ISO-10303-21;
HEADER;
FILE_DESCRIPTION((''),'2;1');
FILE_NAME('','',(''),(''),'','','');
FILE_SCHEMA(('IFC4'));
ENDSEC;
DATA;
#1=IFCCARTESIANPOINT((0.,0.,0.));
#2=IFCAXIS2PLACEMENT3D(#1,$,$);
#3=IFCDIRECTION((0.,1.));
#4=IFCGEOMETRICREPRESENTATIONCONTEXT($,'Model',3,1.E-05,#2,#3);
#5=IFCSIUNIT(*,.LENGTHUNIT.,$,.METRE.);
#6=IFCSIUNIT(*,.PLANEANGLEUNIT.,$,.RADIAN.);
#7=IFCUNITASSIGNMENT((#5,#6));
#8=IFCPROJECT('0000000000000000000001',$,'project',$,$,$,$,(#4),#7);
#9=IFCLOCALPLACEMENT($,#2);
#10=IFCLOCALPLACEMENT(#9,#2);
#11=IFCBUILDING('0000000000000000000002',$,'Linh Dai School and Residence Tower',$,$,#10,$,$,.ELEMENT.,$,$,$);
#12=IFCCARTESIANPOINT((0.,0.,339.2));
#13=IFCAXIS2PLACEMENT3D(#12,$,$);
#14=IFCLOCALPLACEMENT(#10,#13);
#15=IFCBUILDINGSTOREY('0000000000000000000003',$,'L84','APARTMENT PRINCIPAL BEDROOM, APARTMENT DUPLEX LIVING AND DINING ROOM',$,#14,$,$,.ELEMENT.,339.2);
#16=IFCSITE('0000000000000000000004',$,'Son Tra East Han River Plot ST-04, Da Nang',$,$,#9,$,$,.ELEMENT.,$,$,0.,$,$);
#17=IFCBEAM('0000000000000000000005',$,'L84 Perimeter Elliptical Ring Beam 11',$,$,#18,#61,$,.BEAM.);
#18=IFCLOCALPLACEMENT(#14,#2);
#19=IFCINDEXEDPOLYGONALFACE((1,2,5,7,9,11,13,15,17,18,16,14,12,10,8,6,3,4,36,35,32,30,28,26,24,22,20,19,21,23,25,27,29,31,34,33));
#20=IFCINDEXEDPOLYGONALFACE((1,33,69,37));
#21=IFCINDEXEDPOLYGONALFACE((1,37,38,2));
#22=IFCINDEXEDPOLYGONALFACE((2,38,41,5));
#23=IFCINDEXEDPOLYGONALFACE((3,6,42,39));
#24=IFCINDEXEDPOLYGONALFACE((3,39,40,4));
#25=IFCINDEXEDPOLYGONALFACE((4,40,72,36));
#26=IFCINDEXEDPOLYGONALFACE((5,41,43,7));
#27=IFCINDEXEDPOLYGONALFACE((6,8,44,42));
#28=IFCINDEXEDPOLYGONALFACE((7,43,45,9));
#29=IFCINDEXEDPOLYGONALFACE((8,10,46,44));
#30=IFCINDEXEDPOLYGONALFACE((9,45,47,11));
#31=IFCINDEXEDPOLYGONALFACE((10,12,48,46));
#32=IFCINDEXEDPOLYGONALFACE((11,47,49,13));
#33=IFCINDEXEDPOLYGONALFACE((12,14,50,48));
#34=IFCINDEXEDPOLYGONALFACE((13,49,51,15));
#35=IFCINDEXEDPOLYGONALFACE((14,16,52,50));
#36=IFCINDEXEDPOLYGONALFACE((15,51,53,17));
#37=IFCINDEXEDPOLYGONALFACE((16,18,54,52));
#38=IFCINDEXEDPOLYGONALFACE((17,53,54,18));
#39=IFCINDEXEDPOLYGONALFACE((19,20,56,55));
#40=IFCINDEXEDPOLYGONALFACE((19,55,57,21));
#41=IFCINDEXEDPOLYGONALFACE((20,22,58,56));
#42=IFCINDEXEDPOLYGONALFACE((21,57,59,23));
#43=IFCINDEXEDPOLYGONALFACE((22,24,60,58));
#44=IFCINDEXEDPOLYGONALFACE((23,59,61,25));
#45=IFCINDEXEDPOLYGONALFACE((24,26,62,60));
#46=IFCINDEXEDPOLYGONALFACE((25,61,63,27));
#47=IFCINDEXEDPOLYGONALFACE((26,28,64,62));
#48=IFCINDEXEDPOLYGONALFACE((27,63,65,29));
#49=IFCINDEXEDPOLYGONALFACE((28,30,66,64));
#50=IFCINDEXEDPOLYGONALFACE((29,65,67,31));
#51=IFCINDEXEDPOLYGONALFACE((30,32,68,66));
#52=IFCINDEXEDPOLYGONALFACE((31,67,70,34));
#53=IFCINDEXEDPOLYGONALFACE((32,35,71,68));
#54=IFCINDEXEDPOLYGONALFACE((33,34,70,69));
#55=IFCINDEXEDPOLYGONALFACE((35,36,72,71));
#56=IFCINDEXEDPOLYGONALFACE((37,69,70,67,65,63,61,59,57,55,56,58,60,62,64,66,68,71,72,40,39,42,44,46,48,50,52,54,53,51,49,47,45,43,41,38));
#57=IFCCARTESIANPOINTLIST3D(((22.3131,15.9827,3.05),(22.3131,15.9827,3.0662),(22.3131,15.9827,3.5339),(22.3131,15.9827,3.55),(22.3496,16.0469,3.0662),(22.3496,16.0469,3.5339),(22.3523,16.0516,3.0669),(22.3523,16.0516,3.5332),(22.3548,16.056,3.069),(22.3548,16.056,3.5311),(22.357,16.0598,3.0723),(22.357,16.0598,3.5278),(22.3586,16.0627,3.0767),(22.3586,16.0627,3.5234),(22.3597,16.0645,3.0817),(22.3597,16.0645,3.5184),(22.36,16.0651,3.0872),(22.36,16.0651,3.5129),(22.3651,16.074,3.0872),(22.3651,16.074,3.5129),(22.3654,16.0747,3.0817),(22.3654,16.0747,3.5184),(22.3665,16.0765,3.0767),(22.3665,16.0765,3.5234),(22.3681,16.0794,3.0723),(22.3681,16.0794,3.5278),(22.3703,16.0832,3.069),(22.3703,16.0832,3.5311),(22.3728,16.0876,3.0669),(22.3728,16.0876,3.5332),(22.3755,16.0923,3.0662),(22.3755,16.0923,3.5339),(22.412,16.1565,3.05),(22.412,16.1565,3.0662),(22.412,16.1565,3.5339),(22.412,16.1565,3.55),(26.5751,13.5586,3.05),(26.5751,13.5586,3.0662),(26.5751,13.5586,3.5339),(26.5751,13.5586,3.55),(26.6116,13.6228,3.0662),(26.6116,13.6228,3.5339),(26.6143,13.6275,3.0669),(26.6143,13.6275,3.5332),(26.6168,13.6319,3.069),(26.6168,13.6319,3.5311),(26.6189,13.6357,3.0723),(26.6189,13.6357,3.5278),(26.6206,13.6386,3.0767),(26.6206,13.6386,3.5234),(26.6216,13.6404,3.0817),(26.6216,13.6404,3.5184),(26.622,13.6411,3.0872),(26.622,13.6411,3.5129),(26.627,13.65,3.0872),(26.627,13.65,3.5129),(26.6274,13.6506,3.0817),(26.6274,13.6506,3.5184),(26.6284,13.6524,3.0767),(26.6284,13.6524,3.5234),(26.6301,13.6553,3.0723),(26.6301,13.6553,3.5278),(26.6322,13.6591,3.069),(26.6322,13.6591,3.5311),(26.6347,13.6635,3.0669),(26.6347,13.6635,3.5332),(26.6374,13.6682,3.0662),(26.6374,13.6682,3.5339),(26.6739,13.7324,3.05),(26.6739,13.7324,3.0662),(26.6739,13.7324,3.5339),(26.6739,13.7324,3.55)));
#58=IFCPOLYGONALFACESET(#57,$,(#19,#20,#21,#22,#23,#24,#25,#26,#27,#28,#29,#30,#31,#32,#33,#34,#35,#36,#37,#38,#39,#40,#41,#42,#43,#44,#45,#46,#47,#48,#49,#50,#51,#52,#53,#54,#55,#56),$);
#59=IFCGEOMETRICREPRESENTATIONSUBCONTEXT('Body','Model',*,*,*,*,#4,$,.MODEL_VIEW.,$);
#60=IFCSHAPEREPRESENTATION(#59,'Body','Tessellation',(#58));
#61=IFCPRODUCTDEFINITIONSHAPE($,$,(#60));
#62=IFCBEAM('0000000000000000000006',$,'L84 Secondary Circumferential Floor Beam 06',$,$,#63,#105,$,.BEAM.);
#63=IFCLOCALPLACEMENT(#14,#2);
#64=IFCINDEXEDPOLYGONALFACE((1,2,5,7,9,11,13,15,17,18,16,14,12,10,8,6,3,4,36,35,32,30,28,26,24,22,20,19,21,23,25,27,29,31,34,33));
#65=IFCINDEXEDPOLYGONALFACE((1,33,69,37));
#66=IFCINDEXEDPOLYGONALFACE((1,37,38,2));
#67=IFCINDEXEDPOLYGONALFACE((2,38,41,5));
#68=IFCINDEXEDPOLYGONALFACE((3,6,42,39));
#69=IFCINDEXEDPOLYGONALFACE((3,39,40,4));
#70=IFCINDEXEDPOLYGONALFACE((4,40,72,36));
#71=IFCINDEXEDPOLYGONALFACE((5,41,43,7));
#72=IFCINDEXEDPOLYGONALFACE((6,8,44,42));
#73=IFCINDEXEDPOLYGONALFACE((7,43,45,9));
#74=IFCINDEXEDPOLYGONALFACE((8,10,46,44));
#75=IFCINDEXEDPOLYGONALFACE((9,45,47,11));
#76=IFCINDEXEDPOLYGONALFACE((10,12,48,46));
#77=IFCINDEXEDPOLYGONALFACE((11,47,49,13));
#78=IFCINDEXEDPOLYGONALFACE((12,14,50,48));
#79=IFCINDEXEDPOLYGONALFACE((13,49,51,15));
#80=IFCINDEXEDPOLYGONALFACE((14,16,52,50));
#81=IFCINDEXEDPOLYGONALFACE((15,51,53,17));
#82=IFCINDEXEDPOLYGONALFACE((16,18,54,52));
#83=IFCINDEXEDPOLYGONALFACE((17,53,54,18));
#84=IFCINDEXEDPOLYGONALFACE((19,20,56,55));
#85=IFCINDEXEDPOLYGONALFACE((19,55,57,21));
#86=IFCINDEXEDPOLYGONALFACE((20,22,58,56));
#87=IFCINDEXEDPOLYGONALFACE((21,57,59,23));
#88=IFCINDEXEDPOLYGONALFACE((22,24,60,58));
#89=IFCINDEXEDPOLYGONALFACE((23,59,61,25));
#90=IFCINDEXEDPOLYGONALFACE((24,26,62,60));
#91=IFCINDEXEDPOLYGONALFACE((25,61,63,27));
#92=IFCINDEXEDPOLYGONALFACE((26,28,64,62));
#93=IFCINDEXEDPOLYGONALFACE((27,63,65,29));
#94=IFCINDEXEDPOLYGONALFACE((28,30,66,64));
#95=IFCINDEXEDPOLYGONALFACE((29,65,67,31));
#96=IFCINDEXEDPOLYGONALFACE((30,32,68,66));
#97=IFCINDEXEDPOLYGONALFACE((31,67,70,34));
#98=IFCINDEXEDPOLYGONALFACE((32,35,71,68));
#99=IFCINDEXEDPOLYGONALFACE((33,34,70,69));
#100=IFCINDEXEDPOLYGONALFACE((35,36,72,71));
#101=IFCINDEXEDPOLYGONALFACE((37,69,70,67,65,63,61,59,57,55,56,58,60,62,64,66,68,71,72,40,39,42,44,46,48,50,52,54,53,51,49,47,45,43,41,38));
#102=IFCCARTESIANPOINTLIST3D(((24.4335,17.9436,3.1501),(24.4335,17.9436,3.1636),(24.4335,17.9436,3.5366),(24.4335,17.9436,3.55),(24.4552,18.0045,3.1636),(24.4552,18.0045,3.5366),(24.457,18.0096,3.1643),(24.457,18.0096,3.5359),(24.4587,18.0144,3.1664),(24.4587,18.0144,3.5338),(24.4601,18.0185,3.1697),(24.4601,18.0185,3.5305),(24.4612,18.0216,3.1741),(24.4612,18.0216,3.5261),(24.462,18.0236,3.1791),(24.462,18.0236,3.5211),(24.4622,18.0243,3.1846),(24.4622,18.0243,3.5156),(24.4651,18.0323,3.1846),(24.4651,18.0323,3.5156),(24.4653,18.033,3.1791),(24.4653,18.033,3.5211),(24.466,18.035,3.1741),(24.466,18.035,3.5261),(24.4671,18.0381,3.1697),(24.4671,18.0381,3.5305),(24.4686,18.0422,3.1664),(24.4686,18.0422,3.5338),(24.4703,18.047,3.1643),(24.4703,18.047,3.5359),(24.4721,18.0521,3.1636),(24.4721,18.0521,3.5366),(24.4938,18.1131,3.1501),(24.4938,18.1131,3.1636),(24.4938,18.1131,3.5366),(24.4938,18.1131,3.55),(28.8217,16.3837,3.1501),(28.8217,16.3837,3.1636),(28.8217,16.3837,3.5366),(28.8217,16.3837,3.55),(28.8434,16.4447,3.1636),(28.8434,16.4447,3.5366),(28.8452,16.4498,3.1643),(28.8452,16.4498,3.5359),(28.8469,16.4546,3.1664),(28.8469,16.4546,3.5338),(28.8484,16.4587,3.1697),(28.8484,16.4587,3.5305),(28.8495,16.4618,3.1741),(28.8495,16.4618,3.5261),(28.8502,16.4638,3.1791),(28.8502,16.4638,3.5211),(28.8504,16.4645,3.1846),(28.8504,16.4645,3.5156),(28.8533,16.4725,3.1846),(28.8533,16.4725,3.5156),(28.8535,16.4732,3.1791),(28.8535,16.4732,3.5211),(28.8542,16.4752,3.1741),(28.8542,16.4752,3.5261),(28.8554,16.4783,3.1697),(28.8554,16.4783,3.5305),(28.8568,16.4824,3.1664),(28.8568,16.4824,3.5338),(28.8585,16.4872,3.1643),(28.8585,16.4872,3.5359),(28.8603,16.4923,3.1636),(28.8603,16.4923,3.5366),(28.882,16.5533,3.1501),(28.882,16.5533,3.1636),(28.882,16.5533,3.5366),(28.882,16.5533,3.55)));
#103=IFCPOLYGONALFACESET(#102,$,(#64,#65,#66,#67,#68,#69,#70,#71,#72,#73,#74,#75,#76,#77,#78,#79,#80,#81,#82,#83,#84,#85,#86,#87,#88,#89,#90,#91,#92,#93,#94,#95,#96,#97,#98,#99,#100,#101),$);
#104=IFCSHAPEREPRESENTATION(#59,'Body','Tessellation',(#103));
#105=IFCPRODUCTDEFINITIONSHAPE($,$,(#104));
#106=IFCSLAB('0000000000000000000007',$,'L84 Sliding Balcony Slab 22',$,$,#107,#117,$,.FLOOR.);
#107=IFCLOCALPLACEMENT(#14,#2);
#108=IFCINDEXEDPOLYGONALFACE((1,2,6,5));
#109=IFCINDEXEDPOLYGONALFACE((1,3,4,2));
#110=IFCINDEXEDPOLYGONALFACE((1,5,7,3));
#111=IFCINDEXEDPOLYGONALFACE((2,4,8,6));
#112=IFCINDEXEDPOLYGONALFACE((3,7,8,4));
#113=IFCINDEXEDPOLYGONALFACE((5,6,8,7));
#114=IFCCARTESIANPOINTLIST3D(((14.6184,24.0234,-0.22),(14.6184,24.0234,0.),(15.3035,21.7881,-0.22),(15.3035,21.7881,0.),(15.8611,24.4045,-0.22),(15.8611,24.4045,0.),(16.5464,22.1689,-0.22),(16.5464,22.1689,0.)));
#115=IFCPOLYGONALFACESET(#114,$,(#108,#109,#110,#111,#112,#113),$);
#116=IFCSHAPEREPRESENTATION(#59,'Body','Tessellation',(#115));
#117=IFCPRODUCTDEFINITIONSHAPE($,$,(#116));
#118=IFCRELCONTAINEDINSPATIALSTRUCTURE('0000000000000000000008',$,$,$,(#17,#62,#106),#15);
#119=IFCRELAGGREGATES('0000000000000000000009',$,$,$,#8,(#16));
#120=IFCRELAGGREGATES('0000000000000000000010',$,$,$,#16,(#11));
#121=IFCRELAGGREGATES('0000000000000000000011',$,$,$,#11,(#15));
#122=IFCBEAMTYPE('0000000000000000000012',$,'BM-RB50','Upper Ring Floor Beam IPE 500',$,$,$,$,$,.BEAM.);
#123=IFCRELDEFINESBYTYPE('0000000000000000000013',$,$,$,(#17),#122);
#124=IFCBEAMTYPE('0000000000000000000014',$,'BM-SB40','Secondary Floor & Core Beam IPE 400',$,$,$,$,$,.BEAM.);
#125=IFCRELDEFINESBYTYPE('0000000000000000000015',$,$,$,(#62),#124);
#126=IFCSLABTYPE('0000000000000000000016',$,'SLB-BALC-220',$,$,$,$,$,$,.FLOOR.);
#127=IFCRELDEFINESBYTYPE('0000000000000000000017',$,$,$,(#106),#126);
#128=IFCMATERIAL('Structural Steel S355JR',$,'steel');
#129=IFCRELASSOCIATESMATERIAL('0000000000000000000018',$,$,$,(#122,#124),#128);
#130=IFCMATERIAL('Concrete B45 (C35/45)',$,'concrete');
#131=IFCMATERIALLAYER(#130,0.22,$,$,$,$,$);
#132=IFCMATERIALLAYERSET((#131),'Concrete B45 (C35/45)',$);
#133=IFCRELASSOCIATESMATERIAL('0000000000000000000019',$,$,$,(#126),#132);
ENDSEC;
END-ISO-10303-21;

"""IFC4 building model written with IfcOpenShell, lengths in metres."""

from ifc_helpers import new_model, si_unit, direction, frame, origin, origin_2d, place, context, subcontext, project, spatial, polyline, i_section, outline, extrude, material, layer, layer_set, material_profile, profile_set, type_object, element, save


model = new_model("IFC4")

# Units and contexts
model_context = context("Model", 3, precision=1e-05, world=origin(), true_north=direction((0.0, 1.0)))
body_context = subcontext(model_context, "Body", "Model", "MODEL_VIEW")
ifc_project = project(units=[si_unit("LENGTHUNIT", "METRE"), si_unit("PLANEANGLEUNIT", "RADIAN")], contexts=[model_context])

# Site, building, storey
site_placement = place(None, origin())
site = spatial("IfcSite", under=ifc_project, at=site_placement, Name="Son Tra East Han River Plot ST-04, Da Nang", CompositionType="ELEMENT", RefElevation=0.0)
building_placement = place(site_placement, origin())
building = spatial("IfcBuilding", under=site, at=building_placement, Name="Linh Dai School and Residence Tower", CompositionType="ELEMENT")
storey_placement = place(building_placement, frame((0.0, 0.0, 339.2)))
storey = spatial("IfcBuildingStorey", under=building, at=storey_placement, Name="L84", Description="APARTMENT PRINCIPAL BEDROOM, APARTMENT DUPLEX LIVING AND DINING ROOM", CompositionType="ELEMENT", Elevation=339.2)

# Shared definitions
ifc_material_1 = material(Name="Structural Steel S355JR", Category="steel")

# Beams
ifc_material_profile_1 = material_profile(ifc_material_1, i_section(OverallWidth=0.2, OverallDepth=0.5, WebThickness=0.0103, FlangeThickness=0.0161, FilletRadius=0.021, at=origin_2d()), Name="IPE 500")
ifc_profile_set_1 = profile_set([ifc_material_profile_1], Name="Structural Steel S355JR")
beam_type_1 = type_object("IfcBeamType", Name="BM-RB50", Description="Upper Ring Floor Beam IPE 500", PredefinedType="BEAM", material=ifc_profile_set_1)
beam_1_placement = place(storey_placement, frame((22.3625, 16.0696, 3.3), z_axis=(0.869237, -0.494395, 0.0), x_axis=(0.494395, 0.869237, 0.0)))
element("IfcBeam", 1, at=beam_1_placement, inside=storey, type_object=beam_type_1, Name="L84 Perimeter Elliptical Ring Beam 11", PredefinedType="BEAM", context=body_context, shape_type="SweptSolid", body=[
    extrude(i_section(OverallWidth=0.2, OverallDepth=0.5, WebThickness=0.0103, FlangeThickness=0.0161, FilletRadius=0.021, at=origin_2d()), origin(), (0.0, 0.0, 1.0), 4.9031),
])
ifc_material_profile_2 = material_profile(ifc_material_1, i_section(OverallWidth=0.1799, OverallDepth=0.3999, WebThickness=0.0085, FlangeThickness=0.0134, FilletRadius=0.021, at=origin_2d()), Name="IPE 400")
ifc_profile_set_2 = profile_set([ifc_material_profile_2], Name="Structural Steel S355JR")
beam_type_2 = type_object("IfcBeamType", Name="BM-SB40", Description="Secondary Floor & Core Beam IPE 400", PredefinedType="BEAM", material=ifc_profile_set_2)
beam_2_placement = place(storey_placement, frame((24.4636, 18.0283, 3.3501), z_axis=(0.942244, -0.334928, 0.0), x_axis=(0.334928, 0.942244, 0.0)))
element("IfcBeam", 2, at=beam_2_placement, inside=storey, type_object=beam_type_2, Name="L84 Secondary Circumferential Floor Beam 06", PredefinedType="BEAM", context=body_context, shape_type="SweptSolid", body=[
    extrude(i_section(OverallWidth=0.1799, OverallDepth=0.3999, WebThickness=0.0085, FlangeThickness=0.0134, FilletRadius=0.021, at=origin_2d()), origin(), (0.0, 0.0, 1.0), 4.6572),
])

# Slab
ifc_material_2 = material(Name="Concrete B45 (C35/45)", Category="concrete")
ifc_layer_1 = layer(ifc_material_2, 0.22)
ifc_layer_set_1 = layer_set([ifc_layer_1], Name="Concrete B45 (C35/45)")
slab_type_1 = type_object("IfcSlabType", Name="SLB-BALC-220", PredefinedType="FLOOR", material=ifc_layer_set_1)
slab_1_placement = place(storey_placement, frame((0.0, 0.0, -0.22)))
element("IfcSlab", 3, at=slab_1_placement, inside=storey, type_object=slab_type_1, Name="L84 Sliding Balcony Slab 22", PredefinedType="FLOOR", context=body_context, shape_type="SweptSolid", body=[
    extrude(outline(polyline([(16.5464, 22.1689), (15.8611, 24.4045), (14.6184, 24.0234), (15.3035, 21.7881), (16.5464, 22.1689)])), origin(), (0.0, 0.0, 1.0), 0.22),
])

save(model, "model.ifc")
